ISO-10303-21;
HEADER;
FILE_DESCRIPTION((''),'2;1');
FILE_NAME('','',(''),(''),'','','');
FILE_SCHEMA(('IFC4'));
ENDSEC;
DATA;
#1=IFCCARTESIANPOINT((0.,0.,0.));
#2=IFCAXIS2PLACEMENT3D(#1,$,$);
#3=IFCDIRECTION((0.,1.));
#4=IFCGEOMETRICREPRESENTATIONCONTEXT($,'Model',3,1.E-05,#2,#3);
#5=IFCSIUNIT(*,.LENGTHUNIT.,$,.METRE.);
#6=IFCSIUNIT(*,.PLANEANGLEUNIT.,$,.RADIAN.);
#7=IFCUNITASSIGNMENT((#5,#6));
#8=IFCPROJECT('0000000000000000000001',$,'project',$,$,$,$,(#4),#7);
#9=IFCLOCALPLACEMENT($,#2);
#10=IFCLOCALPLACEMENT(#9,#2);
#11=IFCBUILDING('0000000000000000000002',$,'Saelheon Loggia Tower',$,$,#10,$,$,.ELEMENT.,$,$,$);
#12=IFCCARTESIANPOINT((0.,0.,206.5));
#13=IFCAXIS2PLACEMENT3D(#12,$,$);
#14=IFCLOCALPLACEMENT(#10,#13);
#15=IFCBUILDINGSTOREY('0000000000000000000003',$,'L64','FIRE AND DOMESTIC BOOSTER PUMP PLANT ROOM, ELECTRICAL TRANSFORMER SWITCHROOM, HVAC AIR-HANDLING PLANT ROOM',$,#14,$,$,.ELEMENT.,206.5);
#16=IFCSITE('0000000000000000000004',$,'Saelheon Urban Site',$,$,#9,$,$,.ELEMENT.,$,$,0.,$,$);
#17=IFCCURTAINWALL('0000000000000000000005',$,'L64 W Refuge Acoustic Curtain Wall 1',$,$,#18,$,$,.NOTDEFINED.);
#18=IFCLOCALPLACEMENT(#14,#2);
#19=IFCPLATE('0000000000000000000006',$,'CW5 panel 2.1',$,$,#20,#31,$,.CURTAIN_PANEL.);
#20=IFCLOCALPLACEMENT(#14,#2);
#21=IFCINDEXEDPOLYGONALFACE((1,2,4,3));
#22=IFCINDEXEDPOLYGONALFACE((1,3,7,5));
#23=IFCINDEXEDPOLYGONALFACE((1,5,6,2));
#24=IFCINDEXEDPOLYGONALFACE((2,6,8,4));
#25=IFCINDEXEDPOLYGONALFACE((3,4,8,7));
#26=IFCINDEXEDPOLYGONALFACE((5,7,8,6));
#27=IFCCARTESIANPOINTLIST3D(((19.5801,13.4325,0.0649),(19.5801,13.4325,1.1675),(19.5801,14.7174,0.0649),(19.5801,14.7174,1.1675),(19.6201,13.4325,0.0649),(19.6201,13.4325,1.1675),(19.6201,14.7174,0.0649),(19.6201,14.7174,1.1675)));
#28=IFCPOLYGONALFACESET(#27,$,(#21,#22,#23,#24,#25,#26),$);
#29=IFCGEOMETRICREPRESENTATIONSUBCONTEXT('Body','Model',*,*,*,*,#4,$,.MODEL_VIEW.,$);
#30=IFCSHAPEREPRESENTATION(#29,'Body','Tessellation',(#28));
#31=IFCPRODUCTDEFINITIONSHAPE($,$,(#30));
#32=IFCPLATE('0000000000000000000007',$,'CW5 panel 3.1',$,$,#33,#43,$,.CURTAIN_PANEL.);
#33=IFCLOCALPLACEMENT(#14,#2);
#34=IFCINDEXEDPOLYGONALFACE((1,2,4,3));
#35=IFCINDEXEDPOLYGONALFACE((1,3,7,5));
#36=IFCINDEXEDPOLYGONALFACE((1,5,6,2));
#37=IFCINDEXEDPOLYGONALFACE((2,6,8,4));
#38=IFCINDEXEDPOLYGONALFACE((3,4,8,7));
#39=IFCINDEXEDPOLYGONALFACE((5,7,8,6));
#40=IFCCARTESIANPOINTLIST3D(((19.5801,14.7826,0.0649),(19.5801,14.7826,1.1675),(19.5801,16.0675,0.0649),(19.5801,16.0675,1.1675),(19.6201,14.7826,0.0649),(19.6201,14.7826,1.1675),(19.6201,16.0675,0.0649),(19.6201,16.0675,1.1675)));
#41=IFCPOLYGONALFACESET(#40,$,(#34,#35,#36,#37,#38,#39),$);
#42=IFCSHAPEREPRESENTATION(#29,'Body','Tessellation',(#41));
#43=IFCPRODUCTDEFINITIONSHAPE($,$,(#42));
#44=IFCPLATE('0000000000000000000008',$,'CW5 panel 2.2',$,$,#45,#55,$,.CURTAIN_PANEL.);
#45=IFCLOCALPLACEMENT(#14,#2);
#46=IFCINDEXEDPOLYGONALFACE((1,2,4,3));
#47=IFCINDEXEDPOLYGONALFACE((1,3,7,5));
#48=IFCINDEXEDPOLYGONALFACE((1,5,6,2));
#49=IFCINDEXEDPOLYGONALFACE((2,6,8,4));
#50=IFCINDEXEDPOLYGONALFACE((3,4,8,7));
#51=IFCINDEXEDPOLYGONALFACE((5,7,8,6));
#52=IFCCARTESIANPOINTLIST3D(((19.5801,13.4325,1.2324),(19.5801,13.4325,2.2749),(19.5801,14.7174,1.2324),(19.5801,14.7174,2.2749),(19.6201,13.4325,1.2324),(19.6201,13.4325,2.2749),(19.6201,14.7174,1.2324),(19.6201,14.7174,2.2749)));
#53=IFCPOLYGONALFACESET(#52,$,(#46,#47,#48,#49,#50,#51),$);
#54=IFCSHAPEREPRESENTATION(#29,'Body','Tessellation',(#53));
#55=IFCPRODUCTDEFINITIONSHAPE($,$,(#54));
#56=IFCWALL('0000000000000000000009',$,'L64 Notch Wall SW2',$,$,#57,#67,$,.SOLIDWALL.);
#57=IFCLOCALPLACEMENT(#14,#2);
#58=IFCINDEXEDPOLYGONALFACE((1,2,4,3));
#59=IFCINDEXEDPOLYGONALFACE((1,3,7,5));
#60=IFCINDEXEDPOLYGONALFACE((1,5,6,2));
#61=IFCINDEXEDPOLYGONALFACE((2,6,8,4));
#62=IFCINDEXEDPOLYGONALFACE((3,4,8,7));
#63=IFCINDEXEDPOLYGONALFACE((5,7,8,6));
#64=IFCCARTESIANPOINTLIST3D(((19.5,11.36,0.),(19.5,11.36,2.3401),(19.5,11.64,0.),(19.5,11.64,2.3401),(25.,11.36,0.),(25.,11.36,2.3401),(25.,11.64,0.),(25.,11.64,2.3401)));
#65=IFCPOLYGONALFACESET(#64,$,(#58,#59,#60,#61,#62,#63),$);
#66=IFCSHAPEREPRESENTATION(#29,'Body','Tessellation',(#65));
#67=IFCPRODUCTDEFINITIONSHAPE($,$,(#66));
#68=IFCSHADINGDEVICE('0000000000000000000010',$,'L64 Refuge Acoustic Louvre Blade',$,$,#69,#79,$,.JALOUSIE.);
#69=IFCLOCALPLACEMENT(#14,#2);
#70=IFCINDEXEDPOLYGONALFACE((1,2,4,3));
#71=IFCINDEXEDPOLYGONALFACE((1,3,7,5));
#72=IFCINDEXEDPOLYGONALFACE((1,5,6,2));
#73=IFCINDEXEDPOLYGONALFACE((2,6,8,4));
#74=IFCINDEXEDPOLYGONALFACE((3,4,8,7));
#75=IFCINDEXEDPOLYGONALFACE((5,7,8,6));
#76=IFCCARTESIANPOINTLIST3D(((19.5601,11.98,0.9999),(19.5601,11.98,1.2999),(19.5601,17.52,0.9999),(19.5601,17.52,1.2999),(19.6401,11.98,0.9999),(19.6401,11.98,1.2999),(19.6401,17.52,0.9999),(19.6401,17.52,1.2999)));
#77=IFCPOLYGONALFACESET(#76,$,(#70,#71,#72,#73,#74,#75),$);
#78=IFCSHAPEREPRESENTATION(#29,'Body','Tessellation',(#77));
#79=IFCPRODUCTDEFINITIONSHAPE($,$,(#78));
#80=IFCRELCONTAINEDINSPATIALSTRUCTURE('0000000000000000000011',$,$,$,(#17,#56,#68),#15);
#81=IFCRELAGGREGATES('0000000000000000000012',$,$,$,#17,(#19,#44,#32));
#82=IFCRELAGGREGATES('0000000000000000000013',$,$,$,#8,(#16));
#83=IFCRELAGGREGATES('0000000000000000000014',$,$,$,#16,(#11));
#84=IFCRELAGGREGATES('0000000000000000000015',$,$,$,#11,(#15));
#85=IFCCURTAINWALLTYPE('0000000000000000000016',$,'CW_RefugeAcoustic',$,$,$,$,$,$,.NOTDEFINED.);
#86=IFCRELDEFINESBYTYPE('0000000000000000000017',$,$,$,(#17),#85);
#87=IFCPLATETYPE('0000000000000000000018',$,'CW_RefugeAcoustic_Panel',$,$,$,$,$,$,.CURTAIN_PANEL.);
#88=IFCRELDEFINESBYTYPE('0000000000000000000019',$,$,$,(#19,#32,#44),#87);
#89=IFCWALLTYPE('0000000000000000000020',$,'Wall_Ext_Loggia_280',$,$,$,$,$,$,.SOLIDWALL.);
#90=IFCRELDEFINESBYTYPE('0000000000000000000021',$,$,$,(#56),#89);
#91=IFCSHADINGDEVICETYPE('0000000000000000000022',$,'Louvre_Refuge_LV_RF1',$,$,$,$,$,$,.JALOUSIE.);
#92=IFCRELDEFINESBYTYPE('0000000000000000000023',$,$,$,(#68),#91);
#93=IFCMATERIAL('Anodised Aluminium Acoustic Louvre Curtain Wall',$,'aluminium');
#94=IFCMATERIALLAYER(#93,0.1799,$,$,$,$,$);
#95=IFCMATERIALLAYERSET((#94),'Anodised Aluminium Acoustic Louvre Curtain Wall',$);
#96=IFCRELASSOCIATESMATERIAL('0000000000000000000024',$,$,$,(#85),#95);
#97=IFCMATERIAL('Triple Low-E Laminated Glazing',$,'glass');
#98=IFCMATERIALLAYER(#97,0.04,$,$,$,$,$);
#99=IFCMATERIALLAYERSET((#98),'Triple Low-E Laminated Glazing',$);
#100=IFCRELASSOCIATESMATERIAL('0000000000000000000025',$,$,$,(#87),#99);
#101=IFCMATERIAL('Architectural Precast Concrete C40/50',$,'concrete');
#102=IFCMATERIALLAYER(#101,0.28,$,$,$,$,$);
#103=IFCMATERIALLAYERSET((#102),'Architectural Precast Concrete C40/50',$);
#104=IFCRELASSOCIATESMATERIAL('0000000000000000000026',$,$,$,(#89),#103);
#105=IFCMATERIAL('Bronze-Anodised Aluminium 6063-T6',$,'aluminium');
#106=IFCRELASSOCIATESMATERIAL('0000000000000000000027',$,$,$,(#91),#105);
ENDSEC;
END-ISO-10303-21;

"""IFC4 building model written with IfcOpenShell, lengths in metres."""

from ifc_helpers import new_model, si_unit, direction, frame, frame_2d, origin, origin_2d, place, context, subcontext, project, spatial, rectangle, extrude, source, transform, mapped, material, layer, layer_set, material_profile, profile_set, type_object, element, aggregate, save


model = new_model("IFC4")

# Units and contexts
model_context = context("Model", 3, precision=1e-05, world=origin(), true_north=direction((0.0, 1.0)))
body_context = subcontext(model_context, "Body", "Model", "MODEL_VIEW")
ifc_project = project(units=[si_unit("LENGTHUNIT", "METRE"), si_unit("PLANEANGLEUNIT", "RADIAN")], contexts=[model_context])

# Site, building, storey
site_placement = place(None, origin())
site = spatial("IfcSite", under=ifc_project, at=site_placement, Name="Saelheon Urban Site", CompositionType="ELEMENT", RefElevation=0.0)
building_placement = place(site_placement, origin())
building = spatial("IfcBuilding", under=site, at=building_placement, Name="Saelheon Loggia Tower", CompositionType="ELEMENT")
storey_placement = place(building_placement, frame((0.0, 0.0, 206.5)))
storey = spatial("IfcBuildingStorey", under=building, at=storey_placement, Name="L64", Description="FIRE AND DOMESTIC BOOSTER PUMP PLANT ROOM, ELECTRICAL TRANSFORMER SWITCHROOM, HVAC AIR-HANDLING PLANT ROOM", CompositionType="ELEMENT", Elevation=206.5)

# Curtain wall
ifc_material_1 = material(Name="Anodised Aluminium Acoustic Louvre Curtain Wall", Category="aluminium")
ifc_layer_1 = layer(ifc_material_1, 0.1799)
ifc_layer_set_1 = layer_set([ifc_layer_1], Name="Anodised Aluminium Acoustic Louvre Curtain Wall")
curtain_wall_type = type_object("IfcCurtainWallType", Name="CW_RefugeAcoustic", PredefinedType="NOTDEFINED", material=ifc_layer_set_1)
curtain_wall_placement = place(storey_placement, origin())
curtain_wall = element("IfcCurtainWall", 1, at=curtain_wall_placement, inside=storey, type_object=curtain_wall_type, Name="L64 W Refuge Acoustic Curtain Wall 1", PredefinedType="NOTDEFINED")

# Plates
ifc_material_2 = material(Name="Triple Low-E Laminated Glazing", Category="glass")
ifc_layer_2 = layer(ifc_material_2, 0.04)
ifc_layer_set_2 = layer_set([ifc_layer_2], Name="Triple Low-E Laminated Glazing")
plate_type_1 = type_object("IfcPlateType", Name="CW_RefugeAcoustic_Panel", PredefinedType="CURTAIN_PANEL", material=ifc_layer_set_2)
shared_shape_1 = source(origin(), body_context, "Body", "SweptSolid", [
    extrude(rectangle(XDim=1.2849, YDim=0.04, at=origin_2d()), origin(), (0.0, 0.0, 1.0), 1.1025),
])
plate_1_placement = place(storey_placement, frame((19.6001, 14.075, 0.0649), z_axis=(0.0, 0.0, 1.0), x_axis=(0.0, 1.0, 0.0)))
plate_1 = element("IfcPlate", 2, at=plate_1_placement, type_object=plate_type_1, Name="CW5 panel 2.1", PredefinedType="CURTAIN_PANEL", context=body_context, shape_type="MappedRepresentation", body=[
    mapped(shared_shape_1, transform((0.0, 0.0, 0.0), scale=1.0)),
])
plate_2_placement = place(storey_placement, frame((19.6001, 15.425, 0.0649), z_axis=(0.0, 0.0, 1.0), x_axis=(0.0, 1.0, 0.0)))
plate_2 = element("IfcPlate", 3, at=plate_2_placement, type_object=plate_type_1, Name="CW5 panel 3.1", PredefinedType="CURTAIN_PANEL", context=body_context, shape_type="MappedRepresentation", body=[
    mapped(shared_shape_1, transform((0.0, 0.0, 0.0), scale=1.0)),
])
shared_shape_2 = source(origin(), body_context, "Body", "SweptSolid", [
    extrude(rectangle(XDim=1.2849, YDim=0.04, at=origin_2d()), origin(), (0.0, 0.0, 1.0), 1.0425),
])
plate_3_placement = place(storey_placement, frame((19.6001, 14.075, 1.2324), z_axis=(0.0, 0.0, 1.0), x_axis=(0.0, 1.0, 0.0)))
plate_3 = element("IfcPlate", 4, at=plate_3_placement, type_object=plate_type_1, Name="CW5 panel 2.2", PredefinedType="CURTAIN_PANEL", context=body_context, shape_type="MappedRepresentation", body=[
    mapped(shared_shape_2, transform((0.0, 0.0, 0.0), scale=1.0)),
])
aggregate(curtain_wall, [plate_1, plate_3, plate_2])

# Wall
ifc_material_3 = material(Name="Architectural Precast Concrete C40/50", Category="concrete")
ifc_layer_3 = layer(ifc_material_3, 0.28)
ifc_layer_set_3 = layer_set([ifc_layer_3], Name="Architectural Precast Concrete C40/50")
wall_type = type_object("IfcWallType", Name="Wall_Ext_Loggia_280", PredefinedType="SOLIDWALL", material=ifc_layer_set_3)
wall_placement = place(storey_placement, frame((19.5, 11.5, 0.0), z_axis=(0.0, 0.0, 1.0), x_axis=(1.0, 0.0, 0.0)))
element("IfcWall", 5, at=wall_placement, inside=storey, type_object=wall_type, Name="L64 Notch Wall SW2", PredefinedType="SOLIDWALL", context=body_context, shape_type="SweptSolid", body=[
    extrude(rectangle(XDim=5.5, YDim=0.28, at=frame_2d((2.75, 0.0))), origin(), (0.0, 0.0, 1.0), 2.3401),
])

# Shading device
ifc_material_4 = material(Name="Bronze-Anodised Aluminium 6063-T6", Category="aluminium")
ifc_material_profile_1 = material_profile(ifc_material_4, rectangle(XDim=0.0801, YDim=0.3, at=origin_2d()), Name="Louvre_Refuge_LV_RF1")
ifc_profile_set_1 = profile_set([ifc_material_profile_1], Name="Bronze-Anodised Aluminium 6063-T6")
shading_device_type = type_object("IfcShadingDeviceType", Name="Louvre_Refuge_LV_RF1", PredefinedType="JALOUSIE", material=ifc_profile_set_1)
shared_shape_3 = source(origin(), body_context, "Body", "SweptSolid", [
    extrude(rectangle(XDim=0.0801, YDim=0.3, at=origin_2d()), origin(), (0.0, 0.0, 1.0), 5.54),
])
shading_device_placement = place(storey_placement, frame((19.6001, 11.98, 1.1499), z_axis=(0.0, 1.0, 0.0), x_axis=(-1.0, 0.0, 0.0)))
element("IfcShadingDevice", 6, at=shading_device_placement, inside=storey, type_object=shading_device_type, Name="L64 Refuge Acoustic Louvre Blade", PredefinedType="JALOUSIE", context=body_context, shape_type="MappedRepresentation", body=[
    mapped(shared_shape_3, transform((0.0, 0.0, 0.0), scale=1.0)),
])

save(model, "model.ifc")
